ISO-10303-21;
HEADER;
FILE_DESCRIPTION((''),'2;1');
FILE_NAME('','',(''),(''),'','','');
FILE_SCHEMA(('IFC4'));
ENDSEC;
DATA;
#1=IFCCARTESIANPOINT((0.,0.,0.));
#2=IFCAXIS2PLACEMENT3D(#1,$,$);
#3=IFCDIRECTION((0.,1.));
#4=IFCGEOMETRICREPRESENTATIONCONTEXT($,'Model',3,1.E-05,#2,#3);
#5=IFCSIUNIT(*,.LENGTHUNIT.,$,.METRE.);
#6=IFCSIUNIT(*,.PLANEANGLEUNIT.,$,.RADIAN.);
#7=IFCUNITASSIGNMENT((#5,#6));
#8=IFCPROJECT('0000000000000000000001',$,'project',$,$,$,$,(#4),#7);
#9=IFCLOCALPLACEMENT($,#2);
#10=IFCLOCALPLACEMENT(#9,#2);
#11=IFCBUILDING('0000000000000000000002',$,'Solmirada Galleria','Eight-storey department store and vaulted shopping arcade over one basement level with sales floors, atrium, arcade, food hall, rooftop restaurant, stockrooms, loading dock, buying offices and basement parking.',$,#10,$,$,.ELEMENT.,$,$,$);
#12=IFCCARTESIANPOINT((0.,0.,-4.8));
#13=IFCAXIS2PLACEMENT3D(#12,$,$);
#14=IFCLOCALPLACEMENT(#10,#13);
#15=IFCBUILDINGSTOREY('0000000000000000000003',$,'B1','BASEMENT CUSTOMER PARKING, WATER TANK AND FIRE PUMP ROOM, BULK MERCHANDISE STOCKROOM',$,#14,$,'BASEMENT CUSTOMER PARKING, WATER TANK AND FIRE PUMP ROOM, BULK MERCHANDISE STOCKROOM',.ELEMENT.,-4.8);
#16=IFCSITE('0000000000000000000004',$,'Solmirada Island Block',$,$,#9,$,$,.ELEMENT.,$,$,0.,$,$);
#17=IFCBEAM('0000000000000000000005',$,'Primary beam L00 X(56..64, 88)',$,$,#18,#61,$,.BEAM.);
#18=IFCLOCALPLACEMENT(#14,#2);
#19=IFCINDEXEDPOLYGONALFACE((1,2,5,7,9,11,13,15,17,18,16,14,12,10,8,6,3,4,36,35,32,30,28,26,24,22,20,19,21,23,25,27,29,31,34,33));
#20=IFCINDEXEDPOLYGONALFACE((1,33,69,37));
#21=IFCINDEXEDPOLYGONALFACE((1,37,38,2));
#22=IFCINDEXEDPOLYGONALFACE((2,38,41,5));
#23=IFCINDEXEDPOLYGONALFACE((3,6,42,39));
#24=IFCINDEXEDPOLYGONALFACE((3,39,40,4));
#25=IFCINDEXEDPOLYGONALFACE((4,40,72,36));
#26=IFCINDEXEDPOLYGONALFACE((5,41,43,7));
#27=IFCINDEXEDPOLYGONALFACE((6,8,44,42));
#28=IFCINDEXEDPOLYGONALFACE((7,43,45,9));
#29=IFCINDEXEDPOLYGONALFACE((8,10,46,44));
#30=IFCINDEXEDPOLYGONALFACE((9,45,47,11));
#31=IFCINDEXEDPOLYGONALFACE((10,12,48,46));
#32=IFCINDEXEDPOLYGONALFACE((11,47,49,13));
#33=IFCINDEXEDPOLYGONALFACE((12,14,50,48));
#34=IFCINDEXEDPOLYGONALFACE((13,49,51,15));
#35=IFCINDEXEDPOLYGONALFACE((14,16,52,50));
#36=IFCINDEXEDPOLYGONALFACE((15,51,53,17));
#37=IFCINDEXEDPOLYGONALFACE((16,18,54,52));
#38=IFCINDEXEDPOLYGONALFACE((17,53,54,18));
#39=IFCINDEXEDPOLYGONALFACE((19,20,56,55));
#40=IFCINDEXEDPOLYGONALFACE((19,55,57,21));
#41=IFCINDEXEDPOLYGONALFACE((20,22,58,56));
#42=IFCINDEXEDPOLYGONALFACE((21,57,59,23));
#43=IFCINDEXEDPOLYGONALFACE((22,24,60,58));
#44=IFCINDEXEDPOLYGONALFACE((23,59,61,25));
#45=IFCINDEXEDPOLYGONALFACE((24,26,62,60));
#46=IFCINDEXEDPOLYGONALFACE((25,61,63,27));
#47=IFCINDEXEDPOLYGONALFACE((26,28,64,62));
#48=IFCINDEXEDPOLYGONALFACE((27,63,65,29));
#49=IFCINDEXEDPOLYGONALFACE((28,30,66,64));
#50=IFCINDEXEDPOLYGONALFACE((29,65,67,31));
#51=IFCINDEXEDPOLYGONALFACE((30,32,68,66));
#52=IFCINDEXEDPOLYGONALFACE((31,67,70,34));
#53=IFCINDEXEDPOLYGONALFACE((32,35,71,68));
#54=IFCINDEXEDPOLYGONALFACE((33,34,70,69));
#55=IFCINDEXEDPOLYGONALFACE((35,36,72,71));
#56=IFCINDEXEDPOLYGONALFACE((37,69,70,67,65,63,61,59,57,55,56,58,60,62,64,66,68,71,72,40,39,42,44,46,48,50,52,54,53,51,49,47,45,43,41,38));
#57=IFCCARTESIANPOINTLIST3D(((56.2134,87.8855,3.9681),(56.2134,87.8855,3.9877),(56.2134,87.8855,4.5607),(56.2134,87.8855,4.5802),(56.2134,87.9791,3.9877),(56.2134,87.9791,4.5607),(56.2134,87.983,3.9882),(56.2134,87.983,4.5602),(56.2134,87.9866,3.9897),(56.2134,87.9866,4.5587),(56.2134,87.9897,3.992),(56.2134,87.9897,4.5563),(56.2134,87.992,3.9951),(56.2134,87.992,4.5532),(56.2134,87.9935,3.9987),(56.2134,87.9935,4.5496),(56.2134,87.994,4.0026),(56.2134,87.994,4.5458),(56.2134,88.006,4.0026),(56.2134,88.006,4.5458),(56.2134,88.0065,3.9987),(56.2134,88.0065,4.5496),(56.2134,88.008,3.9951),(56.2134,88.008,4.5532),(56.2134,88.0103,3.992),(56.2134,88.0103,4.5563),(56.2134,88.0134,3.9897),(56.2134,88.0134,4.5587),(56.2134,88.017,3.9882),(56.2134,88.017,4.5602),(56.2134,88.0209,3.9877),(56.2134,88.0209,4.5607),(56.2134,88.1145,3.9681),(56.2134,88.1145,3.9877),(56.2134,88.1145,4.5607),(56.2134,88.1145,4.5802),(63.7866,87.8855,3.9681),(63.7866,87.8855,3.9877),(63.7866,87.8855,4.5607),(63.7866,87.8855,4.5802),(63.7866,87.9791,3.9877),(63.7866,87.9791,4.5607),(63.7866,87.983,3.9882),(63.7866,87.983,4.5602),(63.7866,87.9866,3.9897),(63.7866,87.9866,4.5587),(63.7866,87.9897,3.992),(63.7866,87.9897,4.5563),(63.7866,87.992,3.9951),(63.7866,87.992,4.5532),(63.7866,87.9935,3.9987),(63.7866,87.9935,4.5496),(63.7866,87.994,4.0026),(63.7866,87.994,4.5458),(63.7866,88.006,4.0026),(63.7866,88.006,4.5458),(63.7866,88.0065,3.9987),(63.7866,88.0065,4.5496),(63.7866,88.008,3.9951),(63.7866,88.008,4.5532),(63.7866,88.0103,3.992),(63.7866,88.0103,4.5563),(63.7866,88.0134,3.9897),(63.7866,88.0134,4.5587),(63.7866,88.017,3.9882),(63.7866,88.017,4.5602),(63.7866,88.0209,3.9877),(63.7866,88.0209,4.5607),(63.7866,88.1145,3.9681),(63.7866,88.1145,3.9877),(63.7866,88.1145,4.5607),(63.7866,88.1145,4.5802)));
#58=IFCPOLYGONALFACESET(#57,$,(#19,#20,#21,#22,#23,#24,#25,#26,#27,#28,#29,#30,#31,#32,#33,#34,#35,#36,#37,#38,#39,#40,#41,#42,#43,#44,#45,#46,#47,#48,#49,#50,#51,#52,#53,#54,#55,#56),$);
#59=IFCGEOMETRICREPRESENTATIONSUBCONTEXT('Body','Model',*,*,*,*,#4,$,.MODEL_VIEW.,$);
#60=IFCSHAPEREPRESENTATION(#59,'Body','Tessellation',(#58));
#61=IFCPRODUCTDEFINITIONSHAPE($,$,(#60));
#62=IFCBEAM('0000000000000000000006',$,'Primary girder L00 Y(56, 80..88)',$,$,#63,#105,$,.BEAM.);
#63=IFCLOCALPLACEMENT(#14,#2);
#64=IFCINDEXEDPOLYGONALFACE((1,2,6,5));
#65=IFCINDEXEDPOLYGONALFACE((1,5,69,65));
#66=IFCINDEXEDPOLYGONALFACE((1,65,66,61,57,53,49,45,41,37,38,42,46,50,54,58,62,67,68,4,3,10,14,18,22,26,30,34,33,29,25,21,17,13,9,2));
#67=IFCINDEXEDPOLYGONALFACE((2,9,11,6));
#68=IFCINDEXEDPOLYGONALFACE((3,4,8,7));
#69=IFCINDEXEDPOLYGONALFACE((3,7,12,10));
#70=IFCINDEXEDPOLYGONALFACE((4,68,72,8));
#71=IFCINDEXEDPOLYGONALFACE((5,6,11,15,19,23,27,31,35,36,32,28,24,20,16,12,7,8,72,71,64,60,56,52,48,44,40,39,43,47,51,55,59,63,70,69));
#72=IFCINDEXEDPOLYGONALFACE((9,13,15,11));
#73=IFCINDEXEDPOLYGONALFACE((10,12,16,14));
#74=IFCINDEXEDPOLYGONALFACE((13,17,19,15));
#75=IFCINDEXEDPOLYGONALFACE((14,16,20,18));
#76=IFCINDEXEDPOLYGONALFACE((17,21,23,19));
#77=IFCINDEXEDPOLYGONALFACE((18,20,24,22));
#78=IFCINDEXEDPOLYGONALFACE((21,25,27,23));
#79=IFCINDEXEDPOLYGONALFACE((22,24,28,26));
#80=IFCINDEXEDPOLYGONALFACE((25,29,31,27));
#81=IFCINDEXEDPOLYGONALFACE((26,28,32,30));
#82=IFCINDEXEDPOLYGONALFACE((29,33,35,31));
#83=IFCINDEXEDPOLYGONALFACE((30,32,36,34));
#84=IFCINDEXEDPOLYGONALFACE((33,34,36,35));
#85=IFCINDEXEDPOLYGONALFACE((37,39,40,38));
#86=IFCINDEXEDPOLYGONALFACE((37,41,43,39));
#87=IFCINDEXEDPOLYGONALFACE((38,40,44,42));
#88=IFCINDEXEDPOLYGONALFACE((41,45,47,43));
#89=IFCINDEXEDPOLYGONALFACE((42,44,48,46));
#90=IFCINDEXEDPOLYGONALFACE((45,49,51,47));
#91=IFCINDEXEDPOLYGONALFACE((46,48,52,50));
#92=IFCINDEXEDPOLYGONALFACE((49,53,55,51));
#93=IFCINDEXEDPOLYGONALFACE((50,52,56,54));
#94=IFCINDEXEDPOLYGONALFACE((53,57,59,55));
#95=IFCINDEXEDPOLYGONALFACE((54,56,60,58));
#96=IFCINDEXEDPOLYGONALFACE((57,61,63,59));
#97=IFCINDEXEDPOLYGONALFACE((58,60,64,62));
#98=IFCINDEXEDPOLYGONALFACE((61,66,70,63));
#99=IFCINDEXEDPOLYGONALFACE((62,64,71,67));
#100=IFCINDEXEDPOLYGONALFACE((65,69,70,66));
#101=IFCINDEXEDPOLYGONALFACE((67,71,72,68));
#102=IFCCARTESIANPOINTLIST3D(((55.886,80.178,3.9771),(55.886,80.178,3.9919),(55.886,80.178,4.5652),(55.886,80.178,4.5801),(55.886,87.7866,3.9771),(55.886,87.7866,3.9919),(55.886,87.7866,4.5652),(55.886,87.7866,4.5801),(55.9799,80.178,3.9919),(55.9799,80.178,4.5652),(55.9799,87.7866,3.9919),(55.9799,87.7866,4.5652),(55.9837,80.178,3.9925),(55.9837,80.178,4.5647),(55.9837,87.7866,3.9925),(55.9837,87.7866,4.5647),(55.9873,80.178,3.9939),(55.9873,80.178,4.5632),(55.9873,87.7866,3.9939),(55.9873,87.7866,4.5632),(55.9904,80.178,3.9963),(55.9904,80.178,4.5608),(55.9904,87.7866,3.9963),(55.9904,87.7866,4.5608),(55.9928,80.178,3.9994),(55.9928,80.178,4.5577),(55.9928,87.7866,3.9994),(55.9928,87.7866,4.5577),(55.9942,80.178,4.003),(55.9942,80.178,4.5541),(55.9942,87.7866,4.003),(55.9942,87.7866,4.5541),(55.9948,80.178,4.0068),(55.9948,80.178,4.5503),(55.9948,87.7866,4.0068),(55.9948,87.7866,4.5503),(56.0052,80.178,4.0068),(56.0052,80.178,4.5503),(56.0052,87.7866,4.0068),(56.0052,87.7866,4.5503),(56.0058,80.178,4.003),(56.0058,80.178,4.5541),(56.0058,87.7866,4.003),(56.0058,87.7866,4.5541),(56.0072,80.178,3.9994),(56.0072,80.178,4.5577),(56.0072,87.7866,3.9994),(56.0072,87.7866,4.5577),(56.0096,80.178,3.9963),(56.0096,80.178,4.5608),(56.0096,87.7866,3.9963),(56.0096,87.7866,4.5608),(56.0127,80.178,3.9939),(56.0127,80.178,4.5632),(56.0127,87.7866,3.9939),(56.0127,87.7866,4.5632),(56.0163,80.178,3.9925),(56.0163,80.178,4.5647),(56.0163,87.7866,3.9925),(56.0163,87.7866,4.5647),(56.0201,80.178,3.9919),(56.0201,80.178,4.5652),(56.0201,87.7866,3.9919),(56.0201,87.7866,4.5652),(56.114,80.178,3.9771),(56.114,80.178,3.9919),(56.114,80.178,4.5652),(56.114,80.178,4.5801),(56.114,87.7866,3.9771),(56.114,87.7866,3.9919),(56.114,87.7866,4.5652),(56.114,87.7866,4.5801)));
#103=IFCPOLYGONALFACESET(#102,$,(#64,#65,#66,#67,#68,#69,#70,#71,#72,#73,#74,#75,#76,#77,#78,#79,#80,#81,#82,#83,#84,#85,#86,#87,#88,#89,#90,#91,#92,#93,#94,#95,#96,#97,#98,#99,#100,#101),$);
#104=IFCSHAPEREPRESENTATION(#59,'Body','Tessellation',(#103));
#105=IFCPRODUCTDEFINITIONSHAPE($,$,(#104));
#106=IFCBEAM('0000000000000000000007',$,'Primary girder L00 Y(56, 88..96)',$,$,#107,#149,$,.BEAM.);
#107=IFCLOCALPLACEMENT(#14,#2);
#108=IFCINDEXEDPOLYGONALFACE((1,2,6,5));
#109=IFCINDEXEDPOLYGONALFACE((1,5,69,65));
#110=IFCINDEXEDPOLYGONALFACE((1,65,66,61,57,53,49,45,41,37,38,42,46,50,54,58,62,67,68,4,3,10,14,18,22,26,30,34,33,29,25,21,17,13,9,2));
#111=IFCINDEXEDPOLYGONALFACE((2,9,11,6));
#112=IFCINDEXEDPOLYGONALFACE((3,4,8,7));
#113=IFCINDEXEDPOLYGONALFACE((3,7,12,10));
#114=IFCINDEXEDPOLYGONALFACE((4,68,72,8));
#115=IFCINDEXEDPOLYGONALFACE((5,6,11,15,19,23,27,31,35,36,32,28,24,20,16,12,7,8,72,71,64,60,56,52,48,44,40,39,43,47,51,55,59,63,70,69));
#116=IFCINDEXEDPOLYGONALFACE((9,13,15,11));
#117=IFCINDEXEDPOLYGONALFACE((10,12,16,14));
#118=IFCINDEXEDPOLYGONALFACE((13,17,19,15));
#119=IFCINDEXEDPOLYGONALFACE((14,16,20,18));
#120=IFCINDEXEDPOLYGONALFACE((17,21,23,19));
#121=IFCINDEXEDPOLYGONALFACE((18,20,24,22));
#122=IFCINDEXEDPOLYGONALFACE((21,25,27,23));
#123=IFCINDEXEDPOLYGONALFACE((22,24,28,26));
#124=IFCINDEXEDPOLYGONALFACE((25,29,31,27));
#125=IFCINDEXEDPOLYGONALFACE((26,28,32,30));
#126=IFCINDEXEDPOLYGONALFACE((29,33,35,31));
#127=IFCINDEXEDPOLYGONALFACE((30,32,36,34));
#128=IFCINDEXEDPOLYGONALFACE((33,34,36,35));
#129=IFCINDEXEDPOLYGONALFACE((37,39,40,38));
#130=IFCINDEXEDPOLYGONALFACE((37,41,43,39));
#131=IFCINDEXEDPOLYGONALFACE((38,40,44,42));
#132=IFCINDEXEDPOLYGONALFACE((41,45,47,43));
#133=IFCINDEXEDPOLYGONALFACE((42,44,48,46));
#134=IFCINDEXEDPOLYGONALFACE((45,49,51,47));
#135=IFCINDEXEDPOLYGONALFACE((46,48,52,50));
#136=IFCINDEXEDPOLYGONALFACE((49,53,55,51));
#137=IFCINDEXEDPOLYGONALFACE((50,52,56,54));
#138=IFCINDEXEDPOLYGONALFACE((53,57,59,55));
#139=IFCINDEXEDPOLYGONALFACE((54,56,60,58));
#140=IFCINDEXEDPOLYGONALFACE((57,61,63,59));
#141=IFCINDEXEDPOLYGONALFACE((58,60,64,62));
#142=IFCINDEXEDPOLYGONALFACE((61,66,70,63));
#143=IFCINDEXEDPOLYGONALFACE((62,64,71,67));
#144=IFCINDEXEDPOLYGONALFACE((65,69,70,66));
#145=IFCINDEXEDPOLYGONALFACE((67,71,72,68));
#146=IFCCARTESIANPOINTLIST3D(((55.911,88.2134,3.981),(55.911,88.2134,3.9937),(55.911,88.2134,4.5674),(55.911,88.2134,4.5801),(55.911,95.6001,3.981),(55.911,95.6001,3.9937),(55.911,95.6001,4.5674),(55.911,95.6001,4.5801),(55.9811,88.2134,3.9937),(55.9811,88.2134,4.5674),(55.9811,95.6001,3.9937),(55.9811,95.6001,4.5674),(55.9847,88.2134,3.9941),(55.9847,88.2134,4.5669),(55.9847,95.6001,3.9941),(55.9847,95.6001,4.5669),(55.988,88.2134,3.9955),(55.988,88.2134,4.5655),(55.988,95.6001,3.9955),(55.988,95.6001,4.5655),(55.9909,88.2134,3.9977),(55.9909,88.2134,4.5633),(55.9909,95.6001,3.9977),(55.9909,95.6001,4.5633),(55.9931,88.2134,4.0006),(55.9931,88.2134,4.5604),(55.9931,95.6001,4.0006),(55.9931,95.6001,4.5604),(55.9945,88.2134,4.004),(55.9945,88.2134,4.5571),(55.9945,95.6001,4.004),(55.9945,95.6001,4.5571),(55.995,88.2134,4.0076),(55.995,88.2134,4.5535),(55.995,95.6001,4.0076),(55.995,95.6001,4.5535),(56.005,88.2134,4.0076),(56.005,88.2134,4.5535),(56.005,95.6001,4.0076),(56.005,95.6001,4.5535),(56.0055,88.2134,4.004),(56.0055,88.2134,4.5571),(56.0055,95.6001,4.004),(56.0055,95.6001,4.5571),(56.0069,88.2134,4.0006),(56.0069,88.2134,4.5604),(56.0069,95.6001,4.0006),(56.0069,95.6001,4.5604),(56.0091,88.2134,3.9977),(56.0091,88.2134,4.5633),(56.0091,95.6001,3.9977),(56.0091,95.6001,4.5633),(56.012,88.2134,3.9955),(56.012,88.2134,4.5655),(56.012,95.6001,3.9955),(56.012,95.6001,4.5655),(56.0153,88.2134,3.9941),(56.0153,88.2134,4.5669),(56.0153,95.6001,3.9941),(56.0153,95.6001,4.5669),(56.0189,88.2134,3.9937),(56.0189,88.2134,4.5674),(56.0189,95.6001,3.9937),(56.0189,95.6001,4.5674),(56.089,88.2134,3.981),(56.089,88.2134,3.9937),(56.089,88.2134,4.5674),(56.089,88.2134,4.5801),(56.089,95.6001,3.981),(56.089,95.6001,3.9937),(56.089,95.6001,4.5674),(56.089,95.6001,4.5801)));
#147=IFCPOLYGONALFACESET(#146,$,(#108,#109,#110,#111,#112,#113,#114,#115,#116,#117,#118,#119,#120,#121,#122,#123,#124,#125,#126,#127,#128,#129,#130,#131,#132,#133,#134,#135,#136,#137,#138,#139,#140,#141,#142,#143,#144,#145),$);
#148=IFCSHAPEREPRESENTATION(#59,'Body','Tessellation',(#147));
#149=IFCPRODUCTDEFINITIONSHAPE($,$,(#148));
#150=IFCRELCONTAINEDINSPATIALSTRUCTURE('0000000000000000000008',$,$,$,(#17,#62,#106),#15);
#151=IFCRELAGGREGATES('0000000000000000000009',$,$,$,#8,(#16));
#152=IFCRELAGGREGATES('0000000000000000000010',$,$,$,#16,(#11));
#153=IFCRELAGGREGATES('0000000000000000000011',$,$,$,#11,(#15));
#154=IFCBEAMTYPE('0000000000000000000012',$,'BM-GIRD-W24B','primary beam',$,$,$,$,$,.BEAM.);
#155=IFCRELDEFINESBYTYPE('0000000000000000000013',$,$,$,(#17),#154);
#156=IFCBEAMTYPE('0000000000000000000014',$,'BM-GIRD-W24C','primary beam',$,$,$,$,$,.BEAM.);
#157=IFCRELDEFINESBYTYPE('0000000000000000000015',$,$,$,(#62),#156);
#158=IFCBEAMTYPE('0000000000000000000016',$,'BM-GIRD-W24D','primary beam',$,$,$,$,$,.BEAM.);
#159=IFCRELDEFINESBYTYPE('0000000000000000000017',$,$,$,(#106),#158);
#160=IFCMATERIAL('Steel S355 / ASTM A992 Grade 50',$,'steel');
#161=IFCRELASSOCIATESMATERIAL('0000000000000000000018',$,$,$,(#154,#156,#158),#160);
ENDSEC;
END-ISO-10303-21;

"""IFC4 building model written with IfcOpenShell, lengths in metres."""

from ifc_helpers import new_model, si_unit, direction, frame, origin, origin_2d, place, context, subcontext, project, spatial, i_section, extrude, material, material_profile, profile_set, type_object, element, save


model = new_model("IFC4")

# Units and contexts
model_context = context("Model", 3, precision=1e-05, world=origin(), true_north=direction((0.0, 1.0)))
body_context = subcontext(model_context, "Body", "Model", "MODEL_VIEW")
ifc_project = project(units=[si_unit("LENGTHUNIT", "METRE"), si_unit("PLANEANGLEUNIT", "RADIAN")], contexts=[model_context])

# Site, building, storey
site_placement = place(None, origin())
site = spatial("IfcSite", under=ifc_project, at=site_placement, Name="Solmirada Island Block", CompositionType="ELEMENT", RefElevation=0.0)
building_placement = place(site_placement, origin())
building = spatial("IfcBuilding", under=site, at=building_placement, Name="Solmirada Galleria", Description="Eight-storey department store and vaulted shopping arcade over one basement level with sales floors, atrium, arcade, food hall, rooftop restaurant, stockrooms, loading dock, buying offices and basement parking.", CompositionType="ELEMENT")
storey_placement = place(building_placement, frame((0.0, 0.0, -4.8)))
storey = spatial("IfcBuildingStorey", under=building, at=storey_placement, Name="B1", Description="BASEMENT CUSTOMER PARKING, WATER TANK AND FIRE PUMP ROOM, BULK MERCHANDISE STOCKROOM", LongName="BASEMENT CUSTOMER PARKING, WATER TANK AND FIRE PUMP ROOM, BULK MERCHANDISE STOCKROOM", CompositionType="ELEMENT", Elevation=-4.8)

# Beams
ifc_material_1 = material(Name="Steel S355 / ASTM A992 Grade 50", Category="steel")
ifc_material_profile_1 = material_profile(ifc_material_1, i_section(OverallWidth=0.229, OverallDepth=0.6121, WebThickness=0.012, FlangeThickness=0.0195, FilletRadius=0.0149, at=origin_2d()), Name="W24X84")
ifc_profile_set_1 = profile_set([ifc_material_profile_1], Name="Steel S355 / ASTM A992 Grade 50")
beam_type_1 = type_object("IfcBeamType", Name="BM-GIRD-W24B", Description="primary beam", PredefinedType="BEAM", material=ifc_profile_set_1)
beam_1_placement = place(storey_placement, frame((56.2134, 88.0, 4.2742), z_axis=(1.0, 0.0, 0.0), x_axis=(0.0, 1.0, 0.0)))
element("IfcBeam", 1, at=beam_1_placement, inside=storey, type_object=beam_type_1, Name="Primary beam L00 X(56..64, 88)", PredefinedType="BEAM", context=body_context, shape_type="SweptSolid", body=[
    extrude(i_section(OverallWidth=0.229, OverallDepth=0.6121, WebThickness=0.012, FlangeThickness=0.0195, FilletRadius=0.0149, at=origin_2d()), origin(), (0.0, 0.0, 1.0), 7.5732),
])
ifc_material_profile_2 = material_profile(ifc_material_1, i_section(OverallWidth=0.228, OverallDepth=0.603, WebThickness=0.0105, FlangeThickness=0.0149, FilletRadius=0.0149, at=origin_2d()), Name="W24X68")
ifc_profile_set_2 = profile_set([ifc_material_profile_2], Name="Steel S355 / ASTM A992 Grade 50")
beam_type_2 = type_object("IfcBeamType", Name="BM-GIRD-W24C", Description="primary beam", PredefinedType="BEAM", material=ifc_profile_set_2)
beam_2_placement = place(storey_placement, frame((56.0, 80.178, 4.2786), z_axis=(0.0, 1.0, 0.0), x_axis=(-1.0, 0.0, 0.0)))
element("IfcBeam", 2, at=beam_2_placement, inside=storey, type_object=beam_type_2, Name="Primary girder L00 Y(56, 80..88)", PredefinedType="BEAM", context=body_context, shape_type="SweptSolid", body=[
    extrude(i_section(OverallWidth=0.228, OverallDepth=0.603, WebThickness=0.0105, FlangeThickness=0.0149, FilletRadius=0.0149, at=origin_2d()), origin(), (0.0, 0.0, 1.0), 7.6086),
])
ifc_material_profile_3 = material_profile(ifc_material_1, i_section(OverallWidth=0.178, OverallDepth=0.5991, WebThickness=0.01, FlangeThickness=0.0127, FilletRadius=0.0139, at=origin_2d()), Name="W24X55")
ifc_profile_set_3 = profile_set([ifc_material_profile_3], Name="Steel S355 / ASTM A992 Grade 50")
beam_type_3 = type_object("IfcBeamType", Name="BM-GIRD-W24D", Description="primary beam", PredefinedType="BEAM", material=ifc_profile_set_3)
beam_3_placement = place(storey_placement, frame((56.0, 88.2134, 4.2805), z_axis=(0.0, 1.0, 0.0), x_axis=(-1.0, 0.0, 0.0)))
element("IfcBeam", 3, at=beam_3_placement, inside=storey, type_object=beam_type_3, Name="Primary girder L00 Y(56, 88..96)", PredefinedType="BEAM", context=body_context, shape_type="SweptSolid", body=[
    extrude(i_section(OverallWidth=0.178, OverallDepth=0.5991, WebThickness=0.01, FlangeThickness=0.0127, FilletRadius=0.0139, at=origin_2d()), origin(), (0.0, 0.0, 1.0), 7.3867),
])

save(model, "model.ifc")
